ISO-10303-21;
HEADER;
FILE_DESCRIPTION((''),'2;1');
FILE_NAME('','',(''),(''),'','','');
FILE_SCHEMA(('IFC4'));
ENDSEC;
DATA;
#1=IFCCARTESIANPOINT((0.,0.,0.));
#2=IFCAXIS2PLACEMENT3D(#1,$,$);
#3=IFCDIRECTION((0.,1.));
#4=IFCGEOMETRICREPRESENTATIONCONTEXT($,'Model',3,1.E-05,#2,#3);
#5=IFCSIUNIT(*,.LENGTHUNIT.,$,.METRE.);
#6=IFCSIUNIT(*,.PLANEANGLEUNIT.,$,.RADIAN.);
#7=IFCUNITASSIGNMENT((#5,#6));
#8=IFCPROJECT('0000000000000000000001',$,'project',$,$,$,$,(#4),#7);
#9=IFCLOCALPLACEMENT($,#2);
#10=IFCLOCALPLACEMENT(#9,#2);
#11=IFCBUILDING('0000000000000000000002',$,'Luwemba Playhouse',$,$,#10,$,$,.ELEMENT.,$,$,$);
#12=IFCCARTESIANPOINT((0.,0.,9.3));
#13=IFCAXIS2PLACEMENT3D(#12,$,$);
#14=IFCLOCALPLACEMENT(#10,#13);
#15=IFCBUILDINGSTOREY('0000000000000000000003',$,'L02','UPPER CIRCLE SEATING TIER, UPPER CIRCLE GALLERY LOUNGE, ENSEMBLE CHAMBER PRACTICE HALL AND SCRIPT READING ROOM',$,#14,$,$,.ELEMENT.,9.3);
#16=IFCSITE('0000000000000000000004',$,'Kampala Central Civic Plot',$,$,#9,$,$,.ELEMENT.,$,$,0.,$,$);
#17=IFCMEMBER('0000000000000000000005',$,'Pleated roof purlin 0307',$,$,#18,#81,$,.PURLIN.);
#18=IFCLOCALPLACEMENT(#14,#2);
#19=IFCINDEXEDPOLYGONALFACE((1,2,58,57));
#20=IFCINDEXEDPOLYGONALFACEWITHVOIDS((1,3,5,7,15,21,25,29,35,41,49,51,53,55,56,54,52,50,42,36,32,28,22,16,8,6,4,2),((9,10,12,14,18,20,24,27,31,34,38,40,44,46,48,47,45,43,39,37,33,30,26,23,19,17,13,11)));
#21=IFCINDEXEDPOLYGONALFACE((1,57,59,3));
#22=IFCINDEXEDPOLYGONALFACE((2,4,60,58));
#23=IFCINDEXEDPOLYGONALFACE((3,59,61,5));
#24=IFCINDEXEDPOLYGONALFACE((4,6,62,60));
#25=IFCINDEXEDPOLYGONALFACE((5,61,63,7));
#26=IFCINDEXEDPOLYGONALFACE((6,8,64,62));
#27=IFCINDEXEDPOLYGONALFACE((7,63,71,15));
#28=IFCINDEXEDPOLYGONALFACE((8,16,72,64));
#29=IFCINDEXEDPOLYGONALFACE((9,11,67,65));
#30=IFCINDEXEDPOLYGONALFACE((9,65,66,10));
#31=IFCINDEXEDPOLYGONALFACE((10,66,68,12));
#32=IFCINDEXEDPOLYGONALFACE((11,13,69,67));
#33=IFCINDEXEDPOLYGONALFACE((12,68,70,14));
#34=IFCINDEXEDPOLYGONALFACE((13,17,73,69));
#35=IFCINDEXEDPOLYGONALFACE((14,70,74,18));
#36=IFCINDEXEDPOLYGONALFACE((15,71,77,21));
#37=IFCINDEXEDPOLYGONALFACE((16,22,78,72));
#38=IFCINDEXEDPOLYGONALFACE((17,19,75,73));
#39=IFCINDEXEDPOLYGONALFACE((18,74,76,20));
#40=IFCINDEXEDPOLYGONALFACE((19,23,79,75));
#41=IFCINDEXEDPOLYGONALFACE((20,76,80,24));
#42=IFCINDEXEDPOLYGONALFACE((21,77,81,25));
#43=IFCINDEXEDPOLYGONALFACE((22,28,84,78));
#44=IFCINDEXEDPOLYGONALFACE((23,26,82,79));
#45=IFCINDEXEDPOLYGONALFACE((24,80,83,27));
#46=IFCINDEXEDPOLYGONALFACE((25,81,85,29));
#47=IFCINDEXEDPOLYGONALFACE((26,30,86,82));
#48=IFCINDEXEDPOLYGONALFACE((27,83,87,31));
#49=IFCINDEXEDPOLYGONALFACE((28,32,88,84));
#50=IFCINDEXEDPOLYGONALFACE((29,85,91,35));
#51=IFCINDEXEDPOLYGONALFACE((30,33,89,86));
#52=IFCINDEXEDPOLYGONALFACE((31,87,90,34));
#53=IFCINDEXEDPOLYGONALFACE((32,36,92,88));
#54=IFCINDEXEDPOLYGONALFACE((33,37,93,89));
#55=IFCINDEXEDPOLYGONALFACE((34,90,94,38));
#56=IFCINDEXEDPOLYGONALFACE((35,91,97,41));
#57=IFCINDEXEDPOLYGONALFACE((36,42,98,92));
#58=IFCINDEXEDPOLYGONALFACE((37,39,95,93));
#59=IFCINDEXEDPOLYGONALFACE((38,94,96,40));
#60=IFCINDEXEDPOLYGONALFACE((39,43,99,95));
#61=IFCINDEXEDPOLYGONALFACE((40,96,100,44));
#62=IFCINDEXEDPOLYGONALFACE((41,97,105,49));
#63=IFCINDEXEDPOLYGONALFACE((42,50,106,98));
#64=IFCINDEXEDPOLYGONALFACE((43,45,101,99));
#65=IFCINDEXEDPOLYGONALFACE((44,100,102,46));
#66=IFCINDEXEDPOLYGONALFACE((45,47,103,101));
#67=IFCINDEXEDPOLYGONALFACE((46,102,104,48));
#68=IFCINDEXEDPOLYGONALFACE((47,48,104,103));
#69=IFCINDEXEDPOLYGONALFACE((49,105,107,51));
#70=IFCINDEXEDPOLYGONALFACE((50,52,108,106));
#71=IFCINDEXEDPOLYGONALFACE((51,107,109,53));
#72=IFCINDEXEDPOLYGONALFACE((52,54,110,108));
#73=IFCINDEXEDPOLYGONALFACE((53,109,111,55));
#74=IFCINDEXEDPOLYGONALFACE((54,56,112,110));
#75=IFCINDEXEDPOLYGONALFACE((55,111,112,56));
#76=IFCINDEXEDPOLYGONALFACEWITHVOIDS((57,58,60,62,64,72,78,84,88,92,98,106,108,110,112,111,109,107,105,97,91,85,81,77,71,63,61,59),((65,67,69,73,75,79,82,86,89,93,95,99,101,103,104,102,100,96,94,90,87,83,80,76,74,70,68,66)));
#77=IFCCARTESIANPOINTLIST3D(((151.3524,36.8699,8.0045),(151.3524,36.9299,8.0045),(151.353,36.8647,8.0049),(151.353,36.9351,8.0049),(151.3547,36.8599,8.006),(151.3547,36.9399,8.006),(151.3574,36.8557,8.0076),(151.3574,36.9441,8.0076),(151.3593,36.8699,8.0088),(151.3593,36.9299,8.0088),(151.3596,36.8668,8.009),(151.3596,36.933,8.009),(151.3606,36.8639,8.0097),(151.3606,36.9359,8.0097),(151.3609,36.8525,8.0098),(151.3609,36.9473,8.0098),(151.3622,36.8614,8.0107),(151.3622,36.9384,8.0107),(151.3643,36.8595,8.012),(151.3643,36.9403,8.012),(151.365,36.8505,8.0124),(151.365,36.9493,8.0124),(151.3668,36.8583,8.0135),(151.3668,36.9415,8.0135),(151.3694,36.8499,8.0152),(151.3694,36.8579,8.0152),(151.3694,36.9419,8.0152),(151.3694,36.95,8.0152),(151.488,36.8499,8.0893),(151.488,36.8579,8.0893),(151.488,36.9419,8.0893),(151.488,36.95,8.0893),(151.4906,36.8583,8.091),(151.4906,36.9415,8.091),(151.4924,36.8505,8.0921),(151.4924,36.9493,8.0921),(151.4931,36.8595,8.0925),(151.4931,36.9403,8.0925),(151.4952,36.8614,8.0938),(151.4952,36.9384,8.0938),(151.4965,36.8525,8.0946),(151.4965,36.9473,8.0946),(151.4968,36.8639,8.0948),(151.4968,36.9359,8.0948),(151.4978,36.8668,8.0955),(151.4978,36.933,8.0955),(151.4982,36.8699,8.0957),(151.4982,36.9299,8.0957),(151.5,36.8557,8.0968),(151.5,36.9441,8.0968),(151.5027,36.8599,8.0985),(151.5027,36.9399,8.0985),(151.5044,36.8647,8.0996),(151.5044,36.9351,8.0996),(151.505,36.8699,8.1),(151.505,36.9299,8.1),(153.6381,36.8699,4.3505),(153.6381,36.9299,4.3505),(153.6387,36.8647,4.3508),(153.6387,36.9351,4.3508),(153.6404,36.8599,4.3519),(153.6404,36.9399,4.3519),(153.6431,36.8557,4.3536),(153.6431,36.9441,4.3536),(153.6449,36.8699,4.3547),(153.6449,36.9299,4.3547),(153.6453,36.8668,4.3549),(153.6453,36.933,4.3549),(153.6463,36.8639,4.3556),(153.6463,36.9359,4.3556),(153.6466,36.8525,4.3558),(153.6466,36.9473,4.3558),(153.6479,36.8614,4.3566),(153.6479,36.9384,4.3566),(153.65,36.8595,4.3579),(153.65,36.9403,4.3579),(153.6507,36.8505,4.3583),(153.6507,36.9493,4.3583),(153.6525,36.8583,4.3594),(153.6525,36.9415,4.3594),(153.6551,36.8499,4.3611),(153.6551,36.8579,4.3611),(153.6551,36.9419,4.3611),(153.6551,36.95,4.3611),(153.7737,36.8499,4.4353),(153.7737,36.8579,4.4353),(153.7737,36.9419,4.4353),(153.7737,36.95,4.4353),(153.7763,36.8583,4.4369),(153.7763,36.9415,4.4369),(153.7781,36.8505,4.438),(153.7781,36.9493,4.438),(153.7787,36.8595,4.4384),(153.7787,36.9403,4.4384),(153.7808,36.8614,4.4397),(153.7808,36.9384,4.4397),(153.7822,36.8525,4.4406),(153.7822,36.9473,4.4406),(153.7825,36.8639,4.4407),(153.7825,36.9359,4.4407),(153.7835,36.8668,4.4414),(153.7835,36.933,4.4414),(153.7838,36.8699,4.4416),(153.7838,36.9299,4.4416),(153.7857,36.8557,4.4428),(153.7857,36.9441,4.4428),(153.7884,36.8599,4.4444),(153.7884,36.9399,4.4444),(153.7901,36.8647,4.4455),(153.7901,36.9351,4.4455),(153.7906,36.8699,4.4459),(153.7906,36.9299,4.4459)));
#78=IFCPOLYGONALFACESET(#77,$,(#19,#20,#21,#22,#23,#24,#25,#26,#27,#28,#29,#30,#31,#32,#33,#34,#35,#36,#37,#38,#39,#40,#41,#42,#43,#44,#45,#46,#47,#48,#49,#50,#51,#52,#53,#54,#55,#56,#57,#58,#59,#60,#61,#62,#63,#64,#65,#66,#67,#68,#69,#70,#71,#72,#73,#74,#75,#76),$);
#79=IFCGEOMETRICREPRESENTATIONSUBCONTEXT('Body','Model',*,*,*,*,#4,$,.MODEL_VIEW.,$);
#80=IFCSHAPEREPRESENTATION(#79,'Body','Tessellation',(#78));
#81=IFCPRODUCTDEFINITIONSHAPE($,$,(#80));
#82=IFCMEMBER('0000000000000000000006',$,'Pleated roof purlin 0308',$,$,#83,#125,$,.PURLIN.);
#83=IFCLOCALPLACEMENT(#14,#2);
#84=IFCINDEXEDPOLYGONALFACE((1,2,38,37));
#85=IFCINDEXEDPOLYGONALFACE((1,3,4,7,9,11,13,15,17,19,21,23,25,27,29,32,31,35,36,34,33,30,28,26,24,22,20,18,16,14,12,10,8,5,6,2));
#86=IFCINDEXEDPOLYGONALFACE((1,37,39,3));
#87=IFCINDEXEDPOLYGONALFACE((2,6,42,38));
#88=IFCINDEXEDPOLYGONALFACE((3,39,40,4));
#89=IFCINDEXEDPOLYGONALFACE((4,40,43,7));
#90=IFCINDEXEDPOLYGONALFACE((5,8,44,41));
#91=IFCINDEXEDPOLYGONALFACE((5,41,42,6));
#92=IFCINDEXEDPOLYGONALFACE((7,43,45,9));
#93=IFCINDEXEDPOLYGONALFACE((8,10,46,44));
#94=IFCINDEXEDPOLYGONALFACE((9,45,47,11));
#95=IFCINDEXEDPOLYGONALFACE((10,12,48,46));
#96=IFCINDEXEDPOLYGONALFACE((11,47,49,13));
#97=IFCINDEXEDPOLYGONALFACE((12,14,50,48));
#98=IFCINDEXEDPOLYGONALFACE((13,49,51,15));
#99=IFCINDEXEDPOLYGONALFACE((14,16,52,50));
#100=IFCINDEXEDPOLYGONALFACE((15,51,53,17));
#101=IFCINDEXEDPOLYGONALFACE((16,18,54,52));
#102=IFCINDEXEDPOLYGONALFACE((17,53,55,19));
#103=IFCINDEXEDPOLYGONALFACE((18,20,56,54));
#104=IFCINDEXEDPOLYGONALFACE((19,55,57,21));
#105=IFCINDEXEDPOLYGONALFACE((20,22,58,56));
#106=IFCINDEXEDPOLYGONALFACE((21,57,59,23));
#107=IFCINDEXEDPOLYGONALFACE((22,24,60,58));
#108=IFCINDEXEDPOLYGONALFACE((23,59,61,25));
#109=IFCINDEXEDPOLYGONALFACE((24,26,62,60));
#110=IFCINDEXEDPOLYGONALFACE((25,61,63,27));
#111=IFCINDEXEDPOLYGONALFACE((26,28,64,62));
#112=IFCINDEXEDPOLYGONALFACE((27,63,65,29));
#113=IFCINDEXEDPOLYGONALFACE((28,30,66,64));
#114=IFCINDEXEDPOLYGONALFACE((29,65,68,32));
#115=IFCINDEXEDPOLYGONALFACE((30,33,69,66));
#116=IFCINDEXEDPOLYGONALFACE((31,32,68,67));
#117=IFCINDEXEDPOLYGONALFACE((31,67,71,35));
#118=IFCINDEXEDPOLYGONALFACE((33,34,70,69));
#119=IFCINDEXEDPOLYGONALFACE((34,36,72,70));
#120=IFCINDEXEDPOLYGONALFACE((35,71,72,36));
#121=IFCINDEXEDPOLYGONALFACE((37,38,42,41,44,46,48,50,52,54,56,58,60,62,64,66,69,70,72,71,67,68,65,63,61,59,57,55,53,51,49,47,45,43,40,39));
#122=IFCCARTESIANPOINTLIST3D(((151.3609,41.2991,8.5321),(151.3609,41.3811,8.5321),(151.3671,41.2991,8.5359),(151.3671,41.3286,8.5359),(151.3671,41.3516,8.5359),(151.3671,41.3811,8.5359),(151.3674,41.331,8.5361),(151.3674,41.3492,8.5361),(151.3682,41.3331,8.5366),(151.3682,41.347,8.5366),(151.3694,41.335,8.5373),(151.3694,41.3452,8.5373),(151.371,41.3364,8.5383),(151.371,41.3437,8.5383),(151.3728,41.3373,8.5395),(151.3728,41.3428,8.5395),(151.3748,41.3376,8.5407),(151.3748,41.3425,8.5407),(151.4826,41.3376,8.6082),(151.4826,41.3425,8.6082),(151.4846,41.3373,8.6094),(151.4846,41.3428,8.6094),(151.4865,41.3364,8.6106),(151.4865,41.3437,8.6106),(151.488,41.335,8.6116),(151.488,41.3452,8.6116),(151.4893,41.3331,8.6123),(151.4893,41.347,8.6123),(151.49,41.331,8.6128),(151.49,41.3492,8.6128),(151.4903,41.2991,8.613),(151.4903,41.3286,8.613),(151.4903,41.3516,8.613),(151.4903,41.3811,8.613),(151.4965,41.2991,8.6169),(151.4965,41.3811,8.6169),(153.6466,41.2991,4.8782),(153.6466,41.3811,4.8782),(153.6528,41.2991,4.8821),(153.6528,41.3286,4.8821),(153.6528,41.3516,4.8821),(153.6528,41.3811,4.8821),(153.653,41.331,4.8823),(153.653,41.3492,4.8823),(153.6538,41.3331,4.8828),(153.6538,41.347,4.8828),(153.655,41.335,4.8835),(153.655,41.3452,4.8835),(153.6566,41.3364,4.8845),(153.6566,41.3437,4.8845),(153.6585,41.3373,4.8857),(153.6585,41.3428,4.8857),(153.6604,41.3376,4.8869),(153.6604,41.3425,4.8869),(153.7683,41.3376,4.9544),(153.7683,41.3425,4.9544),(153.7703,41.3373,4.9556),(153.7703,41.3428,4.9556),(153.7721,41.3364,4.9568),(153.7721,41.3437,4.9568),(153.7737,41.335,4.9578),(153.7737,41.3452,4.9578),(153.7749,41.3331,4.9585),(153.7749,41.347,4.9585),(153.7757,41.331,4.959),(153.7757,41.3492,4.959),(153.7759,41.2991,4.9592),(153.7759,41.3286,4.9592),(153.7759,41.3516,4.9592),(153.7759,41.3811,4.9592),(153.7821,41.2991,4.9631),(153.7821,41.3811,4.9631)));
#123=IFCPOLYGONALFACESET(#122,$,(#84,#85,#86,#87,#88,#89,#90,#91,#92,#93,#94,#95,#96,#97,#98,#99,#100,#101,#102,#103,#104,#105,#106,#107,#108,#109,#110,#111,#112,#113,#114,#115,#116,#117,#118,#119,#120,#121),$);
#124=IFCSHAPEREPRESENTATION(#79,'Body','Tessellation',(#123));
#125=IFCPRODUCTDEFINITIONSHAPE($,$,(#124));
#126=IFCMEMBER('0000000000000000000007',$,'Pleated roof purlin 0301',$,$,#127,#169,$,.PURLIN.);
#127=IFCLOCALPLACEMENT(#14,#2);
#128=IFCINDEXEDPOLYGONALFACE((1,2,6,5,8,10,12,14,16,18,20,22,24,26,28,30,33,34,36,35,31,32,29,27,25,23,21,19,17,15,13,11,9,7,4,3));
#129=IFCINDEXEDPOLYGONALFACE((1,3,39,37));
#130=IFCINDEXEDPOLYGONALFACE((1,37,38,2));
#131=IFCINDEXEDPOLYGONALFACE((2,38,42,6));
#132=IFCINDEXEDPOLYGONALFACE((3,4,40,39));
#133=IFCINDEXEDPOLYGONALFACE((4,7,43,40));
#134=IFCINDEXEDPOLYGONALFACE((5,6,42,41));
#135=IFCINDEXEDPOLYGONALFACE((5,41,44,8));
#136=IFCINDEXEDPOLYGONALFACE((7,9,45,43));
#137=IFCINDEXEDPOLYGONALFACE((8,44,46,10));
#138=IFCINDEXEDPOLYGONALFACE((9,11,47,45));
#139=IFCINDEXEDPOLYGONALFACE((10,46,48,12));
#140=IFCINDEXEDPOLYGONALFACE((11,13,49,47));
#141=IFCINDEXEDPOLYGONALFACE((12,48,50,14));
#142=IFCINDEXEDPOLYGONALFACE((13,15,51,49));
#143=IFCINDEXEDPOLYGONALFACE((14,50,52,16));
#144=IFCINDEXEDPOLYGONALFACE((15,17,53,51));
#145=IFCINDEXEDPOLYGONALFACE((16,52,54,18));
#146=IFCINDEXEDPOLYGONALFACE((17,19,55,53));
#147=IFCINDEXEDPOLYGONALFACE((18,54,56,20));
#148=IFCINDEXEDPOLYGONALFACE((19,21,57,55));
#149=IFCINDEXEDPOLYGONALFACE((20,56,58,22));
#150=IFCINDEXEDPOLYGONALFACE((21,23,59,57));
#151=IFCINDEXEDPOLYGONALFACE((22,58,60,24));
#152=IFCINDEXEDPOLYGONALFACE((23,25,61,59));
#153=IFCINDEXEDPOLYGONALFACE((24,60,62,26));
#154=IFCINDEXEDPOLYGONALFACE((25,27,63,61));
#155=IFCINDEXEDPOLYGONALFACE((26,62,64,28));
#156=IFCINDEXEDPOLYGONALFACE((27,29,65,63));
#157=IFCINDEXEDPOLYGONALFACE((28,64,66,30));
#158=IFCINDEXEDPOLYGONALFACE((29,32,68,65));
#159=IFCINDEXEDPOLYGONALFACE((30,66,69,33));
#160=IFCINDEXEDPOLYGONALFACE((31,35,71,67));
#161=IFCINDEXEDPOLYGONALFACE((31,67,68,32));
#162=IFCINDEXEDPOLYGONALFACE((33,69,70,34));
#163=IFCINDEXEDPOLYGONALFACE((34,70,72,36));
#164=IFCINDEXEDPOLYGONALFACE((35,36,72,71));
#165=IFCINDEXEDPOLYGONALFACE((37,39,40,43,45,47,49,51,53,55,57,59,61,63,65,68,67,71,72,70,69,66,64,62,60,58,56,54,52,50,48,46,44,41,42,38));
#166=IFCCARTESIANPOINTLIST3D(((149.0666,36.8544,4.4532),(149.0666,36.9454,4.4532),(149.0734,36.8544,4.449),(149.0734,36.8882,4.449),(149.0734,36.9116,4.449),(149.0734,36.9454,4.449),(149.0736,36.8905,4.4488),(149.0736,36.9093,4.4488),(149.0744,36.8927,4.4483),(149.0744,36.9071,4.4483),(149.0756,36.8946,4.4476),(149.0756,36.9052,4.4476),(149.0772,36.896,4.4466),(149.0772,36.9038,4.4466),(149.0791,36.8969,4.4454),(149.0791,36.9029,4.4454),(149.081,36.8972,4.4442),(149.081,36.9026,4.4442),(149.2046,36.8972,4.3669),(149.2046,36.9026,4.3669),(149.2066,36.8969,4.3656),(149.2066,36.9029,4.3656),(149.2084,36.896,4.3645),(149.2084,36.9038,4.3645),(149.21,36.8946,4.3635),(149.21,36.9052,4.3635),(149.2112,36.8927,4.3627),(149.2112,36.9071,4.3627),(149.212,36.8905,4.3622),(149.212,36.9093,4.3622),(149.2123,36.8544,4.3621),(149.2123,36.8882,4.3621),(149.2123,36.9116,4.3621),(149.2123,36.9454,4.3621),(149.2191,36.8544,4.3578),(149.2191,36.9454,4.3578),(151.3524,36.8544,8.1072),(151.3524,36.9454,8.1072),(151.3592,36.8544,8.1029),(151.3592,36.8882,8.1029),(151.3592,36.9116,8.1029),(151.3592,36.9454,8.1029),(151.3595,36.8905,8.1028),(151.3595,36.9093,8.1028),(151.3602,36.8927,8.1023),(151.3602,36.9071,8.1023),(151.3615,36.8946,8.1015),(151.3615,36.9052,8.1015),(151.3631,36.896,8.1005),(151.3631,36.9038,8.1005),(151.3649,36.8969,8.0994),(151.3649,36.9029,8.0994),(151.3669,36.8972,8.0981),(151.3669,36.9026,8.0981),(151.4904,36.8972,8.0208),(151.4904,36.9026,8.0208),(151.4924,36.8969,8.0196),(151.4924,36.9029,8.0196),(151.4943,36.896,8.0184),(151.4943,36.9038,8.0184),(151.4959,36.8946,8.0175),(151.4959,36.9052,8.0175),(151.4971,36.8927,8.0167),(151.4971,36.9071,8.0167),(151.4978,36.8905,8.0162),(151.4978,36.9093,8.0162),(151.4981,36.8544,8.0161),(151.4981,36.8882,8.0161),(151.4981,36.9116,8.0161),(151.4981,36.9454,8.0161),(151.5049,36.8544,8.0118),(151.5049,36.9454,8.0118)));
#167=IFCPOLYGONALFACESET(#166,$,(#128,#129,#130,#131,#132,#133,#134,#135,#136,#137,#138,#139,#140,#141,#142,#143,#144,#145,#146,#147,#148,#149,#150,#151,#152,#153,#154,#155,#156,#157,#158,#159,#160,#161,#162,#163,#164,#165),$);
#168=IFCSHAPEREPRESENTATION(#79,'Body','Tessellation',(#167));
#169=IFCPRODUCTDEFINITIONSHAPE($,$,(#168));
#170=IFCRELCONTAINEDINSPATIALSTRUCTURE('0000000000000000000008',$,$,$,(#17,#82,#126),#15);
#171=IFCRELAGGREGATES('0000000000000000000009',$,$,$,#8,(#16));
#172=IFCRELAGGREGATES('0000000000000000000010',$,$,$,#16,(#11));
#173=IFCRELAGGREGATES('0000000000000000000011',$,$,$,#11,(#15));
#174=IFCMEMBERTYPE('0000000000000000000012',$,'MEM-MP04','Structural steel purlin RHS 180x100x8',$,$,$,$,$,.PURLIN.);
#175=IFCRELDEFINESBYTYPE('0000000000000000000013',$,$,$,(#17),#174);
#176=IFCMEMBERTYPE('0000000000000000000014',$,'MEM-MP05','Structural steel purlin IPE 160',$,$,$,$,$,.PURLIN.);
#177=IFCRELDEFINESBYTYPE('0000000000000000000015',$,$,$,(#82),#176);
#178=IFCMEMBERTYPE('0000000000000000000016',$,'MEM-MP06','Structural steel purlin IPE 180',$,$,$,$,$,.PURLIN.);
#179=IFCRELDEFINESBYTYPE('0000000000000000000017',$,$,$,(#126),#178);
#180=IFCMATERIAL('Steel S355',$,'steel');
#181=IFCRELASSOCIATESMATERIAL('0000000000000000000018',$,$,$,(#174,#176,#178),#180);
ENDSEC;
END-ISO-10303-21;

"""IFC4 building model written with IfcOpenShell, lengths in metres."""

from ifc_helpers import new_model, si_unit, direction, frame, origin, origin_2d, place, context, subcontext, project, spatial, hollow_rectangle, i_section, extrude, material, material_profile, profile_set, type_object, element, save


model = new_model("IFC4")

# Units and contexts
model_context = context("Model", 3, precision=1e-05, world=origin(), true_north=direction((0.0, 1.0)))
body_context = subcontext(model_context, "Body", "Model", "MODEL_VIEW")
ifc_project = project(units=[si_unit("LENGTHUNIT", "METRE"), si_unit("PLANEANGLEUNIT", "RADIAN")], contexts=[model_context])

# Site, building, storey
site_placement = place(None, origin())
site = spatial("IfcSite", under=ifc_project, at=site_placement, Name="Kampala Central Civic Plot", CompositionType="ELEMENT", RefElevation=0.0)
building_placement = place(site_placement, origin())
building = spatial("IfcBuilding", under=site, at=building_placement, Name="Luwemba Playhouse", CompositionType="ELEMENT")
storey_placement = place(building_placement, frame((0.0, 0.0, 9.3)))
storey = spatial("IfcBuildingStorey", under=building, at=storey_placement, Name="L02", Description="UPPER CIRCLE SEATING TIER, UPPER CIRCLE GALLERY LOUNGE, ENSEMBLE CHAMBER PRACTICE HALL AND SCRIPT READING ROOM", CompositionType="ELEMENT", Elevation=9.3)

# Shared definitions
ifc_material_1 = material(Name="Steel S355", Category="steel")

# Members
ifc_material_profile_1 = material_profile(ifc_material_1, hollow_rectangle(XDim=0.1001, YDim=0.1799, WallThickness=0.0081, InnerFilletRadius=0.012, OuterFilletRadius=0.02, at=origin_2d()))
ifc_profile_set_1 = profile_set([ifc_material_profile_1], Name="Steel S355")
member_type_1 = type_object("IfcMemberType", Name="MEM-MP04", Description="Structural steel purlin RHS 180x100x8", PredefinedType="PURLIN", material=ifc_profile_set_1)
member_1_placement = place(storey_placement, frame((151.4287, 36.8999, 8.0522), z_axis=(0.530309, 0.0, -0.847804), x_axis=(0.0, 1.0, 0.0)))
element("IfcMember", 1, at=member_1_placement, inside=storey, type_object=member_type_1, Name="Pleated roof purlin 0307", PredefinedType="PURLIN", context=body_context, shape_type="SweptSolid", body=[
    extrude(hollow_rectangle(XDim=0.1001, YDim=0.1799, WallThickness=0.0081, InnerFilletRadius=0.012, OuterFilletRadius=0.02, at=origin_2d()), origin(), (0.0, 0.0, 1.0), 4.3101),
])
ifc_material_profile_2 = material_profile(ifc_material_1, i_section(OverallWidth=0.082, OverallDepth=0.1599, WebThickness=0.0049, FlangeThickness=0.0073, FilletRadius=0.009, at=origin_2d()))
ifc_profile_set_2 = profile_set([ifc_material_profile_2], Name="Steel S355")
member_type_2 = type_object("IfcMemberType", Name="MEM-MP05", Description="Structural steel purlin IPE 160", PredefinedType="PURLIN", material=ifc_profile_set_2)
member_2_placement = place(storey_placement, frame((151.4287, 41.3401, 8.5745), z_axis=(0.530335, 0.0, -0.847788), x_axis=(0.0, 1.0, 0.0)))
element("IfcMember", 2, at=member_2_placement, inside=storey, type_object=member_type_2, Name="Pleated roof purlin 0308", PredefinedType="PURLIN", context=body_context, shape_type="SweptSolid", body=[
    extrude(i_section(OverallWidth=0.082, OverallDepth=0.1599, WebThickness=0.0049, FlangeThickness=0.0073, FilletRadius=0.009, at=origin_2d()), origin(), (0.0, 0.0, 1.0), 4.3098),
])
ifc_material_profile_3 = material_profile(ifc_material_1, i_section(OverallWidth=0.0911, OverallDepth=0.1799, WebThickness=0.0054, FlangeThickness=0.0081, FilletRadius=0.009, at=origin_2d()))
ifc_profile_set_3 = profile_set([ifc_material_profile_3], Name="Steel S355")
member_type_3 = type_object("IfcMemberType", Name="MEM-MP06", Description="Structural steel purlin IPE 180", PredefinedType="PURLIN", material=ifc_profile_set_3)
member_3_placement = place(storey_placement, frame((149.1428, 36.8999, 4.4055), z_axis=(0.53035, 0.0, 0.847779), x_axis=(0.0, 1.0, 0.0)))
element("IfcMember", 3, at=member_3_placement, inside=storey, type_object=member_type_3, Name="Pleated roof purlin 0301", PredefinedType="PURLIN", context=body_context, shape_type="SweptSolid", body=[
    extrude(i_section(OverallWidth=0.0911, OverallDepth=0.1799, WebThickness=0.0054, FlangeThickness=0.0081, FilletRadius=0.009, at=origin_2d()), origin(), (0.0, 0.0, 1.0), 4.3101),
])

save(model, "model.ifc")
